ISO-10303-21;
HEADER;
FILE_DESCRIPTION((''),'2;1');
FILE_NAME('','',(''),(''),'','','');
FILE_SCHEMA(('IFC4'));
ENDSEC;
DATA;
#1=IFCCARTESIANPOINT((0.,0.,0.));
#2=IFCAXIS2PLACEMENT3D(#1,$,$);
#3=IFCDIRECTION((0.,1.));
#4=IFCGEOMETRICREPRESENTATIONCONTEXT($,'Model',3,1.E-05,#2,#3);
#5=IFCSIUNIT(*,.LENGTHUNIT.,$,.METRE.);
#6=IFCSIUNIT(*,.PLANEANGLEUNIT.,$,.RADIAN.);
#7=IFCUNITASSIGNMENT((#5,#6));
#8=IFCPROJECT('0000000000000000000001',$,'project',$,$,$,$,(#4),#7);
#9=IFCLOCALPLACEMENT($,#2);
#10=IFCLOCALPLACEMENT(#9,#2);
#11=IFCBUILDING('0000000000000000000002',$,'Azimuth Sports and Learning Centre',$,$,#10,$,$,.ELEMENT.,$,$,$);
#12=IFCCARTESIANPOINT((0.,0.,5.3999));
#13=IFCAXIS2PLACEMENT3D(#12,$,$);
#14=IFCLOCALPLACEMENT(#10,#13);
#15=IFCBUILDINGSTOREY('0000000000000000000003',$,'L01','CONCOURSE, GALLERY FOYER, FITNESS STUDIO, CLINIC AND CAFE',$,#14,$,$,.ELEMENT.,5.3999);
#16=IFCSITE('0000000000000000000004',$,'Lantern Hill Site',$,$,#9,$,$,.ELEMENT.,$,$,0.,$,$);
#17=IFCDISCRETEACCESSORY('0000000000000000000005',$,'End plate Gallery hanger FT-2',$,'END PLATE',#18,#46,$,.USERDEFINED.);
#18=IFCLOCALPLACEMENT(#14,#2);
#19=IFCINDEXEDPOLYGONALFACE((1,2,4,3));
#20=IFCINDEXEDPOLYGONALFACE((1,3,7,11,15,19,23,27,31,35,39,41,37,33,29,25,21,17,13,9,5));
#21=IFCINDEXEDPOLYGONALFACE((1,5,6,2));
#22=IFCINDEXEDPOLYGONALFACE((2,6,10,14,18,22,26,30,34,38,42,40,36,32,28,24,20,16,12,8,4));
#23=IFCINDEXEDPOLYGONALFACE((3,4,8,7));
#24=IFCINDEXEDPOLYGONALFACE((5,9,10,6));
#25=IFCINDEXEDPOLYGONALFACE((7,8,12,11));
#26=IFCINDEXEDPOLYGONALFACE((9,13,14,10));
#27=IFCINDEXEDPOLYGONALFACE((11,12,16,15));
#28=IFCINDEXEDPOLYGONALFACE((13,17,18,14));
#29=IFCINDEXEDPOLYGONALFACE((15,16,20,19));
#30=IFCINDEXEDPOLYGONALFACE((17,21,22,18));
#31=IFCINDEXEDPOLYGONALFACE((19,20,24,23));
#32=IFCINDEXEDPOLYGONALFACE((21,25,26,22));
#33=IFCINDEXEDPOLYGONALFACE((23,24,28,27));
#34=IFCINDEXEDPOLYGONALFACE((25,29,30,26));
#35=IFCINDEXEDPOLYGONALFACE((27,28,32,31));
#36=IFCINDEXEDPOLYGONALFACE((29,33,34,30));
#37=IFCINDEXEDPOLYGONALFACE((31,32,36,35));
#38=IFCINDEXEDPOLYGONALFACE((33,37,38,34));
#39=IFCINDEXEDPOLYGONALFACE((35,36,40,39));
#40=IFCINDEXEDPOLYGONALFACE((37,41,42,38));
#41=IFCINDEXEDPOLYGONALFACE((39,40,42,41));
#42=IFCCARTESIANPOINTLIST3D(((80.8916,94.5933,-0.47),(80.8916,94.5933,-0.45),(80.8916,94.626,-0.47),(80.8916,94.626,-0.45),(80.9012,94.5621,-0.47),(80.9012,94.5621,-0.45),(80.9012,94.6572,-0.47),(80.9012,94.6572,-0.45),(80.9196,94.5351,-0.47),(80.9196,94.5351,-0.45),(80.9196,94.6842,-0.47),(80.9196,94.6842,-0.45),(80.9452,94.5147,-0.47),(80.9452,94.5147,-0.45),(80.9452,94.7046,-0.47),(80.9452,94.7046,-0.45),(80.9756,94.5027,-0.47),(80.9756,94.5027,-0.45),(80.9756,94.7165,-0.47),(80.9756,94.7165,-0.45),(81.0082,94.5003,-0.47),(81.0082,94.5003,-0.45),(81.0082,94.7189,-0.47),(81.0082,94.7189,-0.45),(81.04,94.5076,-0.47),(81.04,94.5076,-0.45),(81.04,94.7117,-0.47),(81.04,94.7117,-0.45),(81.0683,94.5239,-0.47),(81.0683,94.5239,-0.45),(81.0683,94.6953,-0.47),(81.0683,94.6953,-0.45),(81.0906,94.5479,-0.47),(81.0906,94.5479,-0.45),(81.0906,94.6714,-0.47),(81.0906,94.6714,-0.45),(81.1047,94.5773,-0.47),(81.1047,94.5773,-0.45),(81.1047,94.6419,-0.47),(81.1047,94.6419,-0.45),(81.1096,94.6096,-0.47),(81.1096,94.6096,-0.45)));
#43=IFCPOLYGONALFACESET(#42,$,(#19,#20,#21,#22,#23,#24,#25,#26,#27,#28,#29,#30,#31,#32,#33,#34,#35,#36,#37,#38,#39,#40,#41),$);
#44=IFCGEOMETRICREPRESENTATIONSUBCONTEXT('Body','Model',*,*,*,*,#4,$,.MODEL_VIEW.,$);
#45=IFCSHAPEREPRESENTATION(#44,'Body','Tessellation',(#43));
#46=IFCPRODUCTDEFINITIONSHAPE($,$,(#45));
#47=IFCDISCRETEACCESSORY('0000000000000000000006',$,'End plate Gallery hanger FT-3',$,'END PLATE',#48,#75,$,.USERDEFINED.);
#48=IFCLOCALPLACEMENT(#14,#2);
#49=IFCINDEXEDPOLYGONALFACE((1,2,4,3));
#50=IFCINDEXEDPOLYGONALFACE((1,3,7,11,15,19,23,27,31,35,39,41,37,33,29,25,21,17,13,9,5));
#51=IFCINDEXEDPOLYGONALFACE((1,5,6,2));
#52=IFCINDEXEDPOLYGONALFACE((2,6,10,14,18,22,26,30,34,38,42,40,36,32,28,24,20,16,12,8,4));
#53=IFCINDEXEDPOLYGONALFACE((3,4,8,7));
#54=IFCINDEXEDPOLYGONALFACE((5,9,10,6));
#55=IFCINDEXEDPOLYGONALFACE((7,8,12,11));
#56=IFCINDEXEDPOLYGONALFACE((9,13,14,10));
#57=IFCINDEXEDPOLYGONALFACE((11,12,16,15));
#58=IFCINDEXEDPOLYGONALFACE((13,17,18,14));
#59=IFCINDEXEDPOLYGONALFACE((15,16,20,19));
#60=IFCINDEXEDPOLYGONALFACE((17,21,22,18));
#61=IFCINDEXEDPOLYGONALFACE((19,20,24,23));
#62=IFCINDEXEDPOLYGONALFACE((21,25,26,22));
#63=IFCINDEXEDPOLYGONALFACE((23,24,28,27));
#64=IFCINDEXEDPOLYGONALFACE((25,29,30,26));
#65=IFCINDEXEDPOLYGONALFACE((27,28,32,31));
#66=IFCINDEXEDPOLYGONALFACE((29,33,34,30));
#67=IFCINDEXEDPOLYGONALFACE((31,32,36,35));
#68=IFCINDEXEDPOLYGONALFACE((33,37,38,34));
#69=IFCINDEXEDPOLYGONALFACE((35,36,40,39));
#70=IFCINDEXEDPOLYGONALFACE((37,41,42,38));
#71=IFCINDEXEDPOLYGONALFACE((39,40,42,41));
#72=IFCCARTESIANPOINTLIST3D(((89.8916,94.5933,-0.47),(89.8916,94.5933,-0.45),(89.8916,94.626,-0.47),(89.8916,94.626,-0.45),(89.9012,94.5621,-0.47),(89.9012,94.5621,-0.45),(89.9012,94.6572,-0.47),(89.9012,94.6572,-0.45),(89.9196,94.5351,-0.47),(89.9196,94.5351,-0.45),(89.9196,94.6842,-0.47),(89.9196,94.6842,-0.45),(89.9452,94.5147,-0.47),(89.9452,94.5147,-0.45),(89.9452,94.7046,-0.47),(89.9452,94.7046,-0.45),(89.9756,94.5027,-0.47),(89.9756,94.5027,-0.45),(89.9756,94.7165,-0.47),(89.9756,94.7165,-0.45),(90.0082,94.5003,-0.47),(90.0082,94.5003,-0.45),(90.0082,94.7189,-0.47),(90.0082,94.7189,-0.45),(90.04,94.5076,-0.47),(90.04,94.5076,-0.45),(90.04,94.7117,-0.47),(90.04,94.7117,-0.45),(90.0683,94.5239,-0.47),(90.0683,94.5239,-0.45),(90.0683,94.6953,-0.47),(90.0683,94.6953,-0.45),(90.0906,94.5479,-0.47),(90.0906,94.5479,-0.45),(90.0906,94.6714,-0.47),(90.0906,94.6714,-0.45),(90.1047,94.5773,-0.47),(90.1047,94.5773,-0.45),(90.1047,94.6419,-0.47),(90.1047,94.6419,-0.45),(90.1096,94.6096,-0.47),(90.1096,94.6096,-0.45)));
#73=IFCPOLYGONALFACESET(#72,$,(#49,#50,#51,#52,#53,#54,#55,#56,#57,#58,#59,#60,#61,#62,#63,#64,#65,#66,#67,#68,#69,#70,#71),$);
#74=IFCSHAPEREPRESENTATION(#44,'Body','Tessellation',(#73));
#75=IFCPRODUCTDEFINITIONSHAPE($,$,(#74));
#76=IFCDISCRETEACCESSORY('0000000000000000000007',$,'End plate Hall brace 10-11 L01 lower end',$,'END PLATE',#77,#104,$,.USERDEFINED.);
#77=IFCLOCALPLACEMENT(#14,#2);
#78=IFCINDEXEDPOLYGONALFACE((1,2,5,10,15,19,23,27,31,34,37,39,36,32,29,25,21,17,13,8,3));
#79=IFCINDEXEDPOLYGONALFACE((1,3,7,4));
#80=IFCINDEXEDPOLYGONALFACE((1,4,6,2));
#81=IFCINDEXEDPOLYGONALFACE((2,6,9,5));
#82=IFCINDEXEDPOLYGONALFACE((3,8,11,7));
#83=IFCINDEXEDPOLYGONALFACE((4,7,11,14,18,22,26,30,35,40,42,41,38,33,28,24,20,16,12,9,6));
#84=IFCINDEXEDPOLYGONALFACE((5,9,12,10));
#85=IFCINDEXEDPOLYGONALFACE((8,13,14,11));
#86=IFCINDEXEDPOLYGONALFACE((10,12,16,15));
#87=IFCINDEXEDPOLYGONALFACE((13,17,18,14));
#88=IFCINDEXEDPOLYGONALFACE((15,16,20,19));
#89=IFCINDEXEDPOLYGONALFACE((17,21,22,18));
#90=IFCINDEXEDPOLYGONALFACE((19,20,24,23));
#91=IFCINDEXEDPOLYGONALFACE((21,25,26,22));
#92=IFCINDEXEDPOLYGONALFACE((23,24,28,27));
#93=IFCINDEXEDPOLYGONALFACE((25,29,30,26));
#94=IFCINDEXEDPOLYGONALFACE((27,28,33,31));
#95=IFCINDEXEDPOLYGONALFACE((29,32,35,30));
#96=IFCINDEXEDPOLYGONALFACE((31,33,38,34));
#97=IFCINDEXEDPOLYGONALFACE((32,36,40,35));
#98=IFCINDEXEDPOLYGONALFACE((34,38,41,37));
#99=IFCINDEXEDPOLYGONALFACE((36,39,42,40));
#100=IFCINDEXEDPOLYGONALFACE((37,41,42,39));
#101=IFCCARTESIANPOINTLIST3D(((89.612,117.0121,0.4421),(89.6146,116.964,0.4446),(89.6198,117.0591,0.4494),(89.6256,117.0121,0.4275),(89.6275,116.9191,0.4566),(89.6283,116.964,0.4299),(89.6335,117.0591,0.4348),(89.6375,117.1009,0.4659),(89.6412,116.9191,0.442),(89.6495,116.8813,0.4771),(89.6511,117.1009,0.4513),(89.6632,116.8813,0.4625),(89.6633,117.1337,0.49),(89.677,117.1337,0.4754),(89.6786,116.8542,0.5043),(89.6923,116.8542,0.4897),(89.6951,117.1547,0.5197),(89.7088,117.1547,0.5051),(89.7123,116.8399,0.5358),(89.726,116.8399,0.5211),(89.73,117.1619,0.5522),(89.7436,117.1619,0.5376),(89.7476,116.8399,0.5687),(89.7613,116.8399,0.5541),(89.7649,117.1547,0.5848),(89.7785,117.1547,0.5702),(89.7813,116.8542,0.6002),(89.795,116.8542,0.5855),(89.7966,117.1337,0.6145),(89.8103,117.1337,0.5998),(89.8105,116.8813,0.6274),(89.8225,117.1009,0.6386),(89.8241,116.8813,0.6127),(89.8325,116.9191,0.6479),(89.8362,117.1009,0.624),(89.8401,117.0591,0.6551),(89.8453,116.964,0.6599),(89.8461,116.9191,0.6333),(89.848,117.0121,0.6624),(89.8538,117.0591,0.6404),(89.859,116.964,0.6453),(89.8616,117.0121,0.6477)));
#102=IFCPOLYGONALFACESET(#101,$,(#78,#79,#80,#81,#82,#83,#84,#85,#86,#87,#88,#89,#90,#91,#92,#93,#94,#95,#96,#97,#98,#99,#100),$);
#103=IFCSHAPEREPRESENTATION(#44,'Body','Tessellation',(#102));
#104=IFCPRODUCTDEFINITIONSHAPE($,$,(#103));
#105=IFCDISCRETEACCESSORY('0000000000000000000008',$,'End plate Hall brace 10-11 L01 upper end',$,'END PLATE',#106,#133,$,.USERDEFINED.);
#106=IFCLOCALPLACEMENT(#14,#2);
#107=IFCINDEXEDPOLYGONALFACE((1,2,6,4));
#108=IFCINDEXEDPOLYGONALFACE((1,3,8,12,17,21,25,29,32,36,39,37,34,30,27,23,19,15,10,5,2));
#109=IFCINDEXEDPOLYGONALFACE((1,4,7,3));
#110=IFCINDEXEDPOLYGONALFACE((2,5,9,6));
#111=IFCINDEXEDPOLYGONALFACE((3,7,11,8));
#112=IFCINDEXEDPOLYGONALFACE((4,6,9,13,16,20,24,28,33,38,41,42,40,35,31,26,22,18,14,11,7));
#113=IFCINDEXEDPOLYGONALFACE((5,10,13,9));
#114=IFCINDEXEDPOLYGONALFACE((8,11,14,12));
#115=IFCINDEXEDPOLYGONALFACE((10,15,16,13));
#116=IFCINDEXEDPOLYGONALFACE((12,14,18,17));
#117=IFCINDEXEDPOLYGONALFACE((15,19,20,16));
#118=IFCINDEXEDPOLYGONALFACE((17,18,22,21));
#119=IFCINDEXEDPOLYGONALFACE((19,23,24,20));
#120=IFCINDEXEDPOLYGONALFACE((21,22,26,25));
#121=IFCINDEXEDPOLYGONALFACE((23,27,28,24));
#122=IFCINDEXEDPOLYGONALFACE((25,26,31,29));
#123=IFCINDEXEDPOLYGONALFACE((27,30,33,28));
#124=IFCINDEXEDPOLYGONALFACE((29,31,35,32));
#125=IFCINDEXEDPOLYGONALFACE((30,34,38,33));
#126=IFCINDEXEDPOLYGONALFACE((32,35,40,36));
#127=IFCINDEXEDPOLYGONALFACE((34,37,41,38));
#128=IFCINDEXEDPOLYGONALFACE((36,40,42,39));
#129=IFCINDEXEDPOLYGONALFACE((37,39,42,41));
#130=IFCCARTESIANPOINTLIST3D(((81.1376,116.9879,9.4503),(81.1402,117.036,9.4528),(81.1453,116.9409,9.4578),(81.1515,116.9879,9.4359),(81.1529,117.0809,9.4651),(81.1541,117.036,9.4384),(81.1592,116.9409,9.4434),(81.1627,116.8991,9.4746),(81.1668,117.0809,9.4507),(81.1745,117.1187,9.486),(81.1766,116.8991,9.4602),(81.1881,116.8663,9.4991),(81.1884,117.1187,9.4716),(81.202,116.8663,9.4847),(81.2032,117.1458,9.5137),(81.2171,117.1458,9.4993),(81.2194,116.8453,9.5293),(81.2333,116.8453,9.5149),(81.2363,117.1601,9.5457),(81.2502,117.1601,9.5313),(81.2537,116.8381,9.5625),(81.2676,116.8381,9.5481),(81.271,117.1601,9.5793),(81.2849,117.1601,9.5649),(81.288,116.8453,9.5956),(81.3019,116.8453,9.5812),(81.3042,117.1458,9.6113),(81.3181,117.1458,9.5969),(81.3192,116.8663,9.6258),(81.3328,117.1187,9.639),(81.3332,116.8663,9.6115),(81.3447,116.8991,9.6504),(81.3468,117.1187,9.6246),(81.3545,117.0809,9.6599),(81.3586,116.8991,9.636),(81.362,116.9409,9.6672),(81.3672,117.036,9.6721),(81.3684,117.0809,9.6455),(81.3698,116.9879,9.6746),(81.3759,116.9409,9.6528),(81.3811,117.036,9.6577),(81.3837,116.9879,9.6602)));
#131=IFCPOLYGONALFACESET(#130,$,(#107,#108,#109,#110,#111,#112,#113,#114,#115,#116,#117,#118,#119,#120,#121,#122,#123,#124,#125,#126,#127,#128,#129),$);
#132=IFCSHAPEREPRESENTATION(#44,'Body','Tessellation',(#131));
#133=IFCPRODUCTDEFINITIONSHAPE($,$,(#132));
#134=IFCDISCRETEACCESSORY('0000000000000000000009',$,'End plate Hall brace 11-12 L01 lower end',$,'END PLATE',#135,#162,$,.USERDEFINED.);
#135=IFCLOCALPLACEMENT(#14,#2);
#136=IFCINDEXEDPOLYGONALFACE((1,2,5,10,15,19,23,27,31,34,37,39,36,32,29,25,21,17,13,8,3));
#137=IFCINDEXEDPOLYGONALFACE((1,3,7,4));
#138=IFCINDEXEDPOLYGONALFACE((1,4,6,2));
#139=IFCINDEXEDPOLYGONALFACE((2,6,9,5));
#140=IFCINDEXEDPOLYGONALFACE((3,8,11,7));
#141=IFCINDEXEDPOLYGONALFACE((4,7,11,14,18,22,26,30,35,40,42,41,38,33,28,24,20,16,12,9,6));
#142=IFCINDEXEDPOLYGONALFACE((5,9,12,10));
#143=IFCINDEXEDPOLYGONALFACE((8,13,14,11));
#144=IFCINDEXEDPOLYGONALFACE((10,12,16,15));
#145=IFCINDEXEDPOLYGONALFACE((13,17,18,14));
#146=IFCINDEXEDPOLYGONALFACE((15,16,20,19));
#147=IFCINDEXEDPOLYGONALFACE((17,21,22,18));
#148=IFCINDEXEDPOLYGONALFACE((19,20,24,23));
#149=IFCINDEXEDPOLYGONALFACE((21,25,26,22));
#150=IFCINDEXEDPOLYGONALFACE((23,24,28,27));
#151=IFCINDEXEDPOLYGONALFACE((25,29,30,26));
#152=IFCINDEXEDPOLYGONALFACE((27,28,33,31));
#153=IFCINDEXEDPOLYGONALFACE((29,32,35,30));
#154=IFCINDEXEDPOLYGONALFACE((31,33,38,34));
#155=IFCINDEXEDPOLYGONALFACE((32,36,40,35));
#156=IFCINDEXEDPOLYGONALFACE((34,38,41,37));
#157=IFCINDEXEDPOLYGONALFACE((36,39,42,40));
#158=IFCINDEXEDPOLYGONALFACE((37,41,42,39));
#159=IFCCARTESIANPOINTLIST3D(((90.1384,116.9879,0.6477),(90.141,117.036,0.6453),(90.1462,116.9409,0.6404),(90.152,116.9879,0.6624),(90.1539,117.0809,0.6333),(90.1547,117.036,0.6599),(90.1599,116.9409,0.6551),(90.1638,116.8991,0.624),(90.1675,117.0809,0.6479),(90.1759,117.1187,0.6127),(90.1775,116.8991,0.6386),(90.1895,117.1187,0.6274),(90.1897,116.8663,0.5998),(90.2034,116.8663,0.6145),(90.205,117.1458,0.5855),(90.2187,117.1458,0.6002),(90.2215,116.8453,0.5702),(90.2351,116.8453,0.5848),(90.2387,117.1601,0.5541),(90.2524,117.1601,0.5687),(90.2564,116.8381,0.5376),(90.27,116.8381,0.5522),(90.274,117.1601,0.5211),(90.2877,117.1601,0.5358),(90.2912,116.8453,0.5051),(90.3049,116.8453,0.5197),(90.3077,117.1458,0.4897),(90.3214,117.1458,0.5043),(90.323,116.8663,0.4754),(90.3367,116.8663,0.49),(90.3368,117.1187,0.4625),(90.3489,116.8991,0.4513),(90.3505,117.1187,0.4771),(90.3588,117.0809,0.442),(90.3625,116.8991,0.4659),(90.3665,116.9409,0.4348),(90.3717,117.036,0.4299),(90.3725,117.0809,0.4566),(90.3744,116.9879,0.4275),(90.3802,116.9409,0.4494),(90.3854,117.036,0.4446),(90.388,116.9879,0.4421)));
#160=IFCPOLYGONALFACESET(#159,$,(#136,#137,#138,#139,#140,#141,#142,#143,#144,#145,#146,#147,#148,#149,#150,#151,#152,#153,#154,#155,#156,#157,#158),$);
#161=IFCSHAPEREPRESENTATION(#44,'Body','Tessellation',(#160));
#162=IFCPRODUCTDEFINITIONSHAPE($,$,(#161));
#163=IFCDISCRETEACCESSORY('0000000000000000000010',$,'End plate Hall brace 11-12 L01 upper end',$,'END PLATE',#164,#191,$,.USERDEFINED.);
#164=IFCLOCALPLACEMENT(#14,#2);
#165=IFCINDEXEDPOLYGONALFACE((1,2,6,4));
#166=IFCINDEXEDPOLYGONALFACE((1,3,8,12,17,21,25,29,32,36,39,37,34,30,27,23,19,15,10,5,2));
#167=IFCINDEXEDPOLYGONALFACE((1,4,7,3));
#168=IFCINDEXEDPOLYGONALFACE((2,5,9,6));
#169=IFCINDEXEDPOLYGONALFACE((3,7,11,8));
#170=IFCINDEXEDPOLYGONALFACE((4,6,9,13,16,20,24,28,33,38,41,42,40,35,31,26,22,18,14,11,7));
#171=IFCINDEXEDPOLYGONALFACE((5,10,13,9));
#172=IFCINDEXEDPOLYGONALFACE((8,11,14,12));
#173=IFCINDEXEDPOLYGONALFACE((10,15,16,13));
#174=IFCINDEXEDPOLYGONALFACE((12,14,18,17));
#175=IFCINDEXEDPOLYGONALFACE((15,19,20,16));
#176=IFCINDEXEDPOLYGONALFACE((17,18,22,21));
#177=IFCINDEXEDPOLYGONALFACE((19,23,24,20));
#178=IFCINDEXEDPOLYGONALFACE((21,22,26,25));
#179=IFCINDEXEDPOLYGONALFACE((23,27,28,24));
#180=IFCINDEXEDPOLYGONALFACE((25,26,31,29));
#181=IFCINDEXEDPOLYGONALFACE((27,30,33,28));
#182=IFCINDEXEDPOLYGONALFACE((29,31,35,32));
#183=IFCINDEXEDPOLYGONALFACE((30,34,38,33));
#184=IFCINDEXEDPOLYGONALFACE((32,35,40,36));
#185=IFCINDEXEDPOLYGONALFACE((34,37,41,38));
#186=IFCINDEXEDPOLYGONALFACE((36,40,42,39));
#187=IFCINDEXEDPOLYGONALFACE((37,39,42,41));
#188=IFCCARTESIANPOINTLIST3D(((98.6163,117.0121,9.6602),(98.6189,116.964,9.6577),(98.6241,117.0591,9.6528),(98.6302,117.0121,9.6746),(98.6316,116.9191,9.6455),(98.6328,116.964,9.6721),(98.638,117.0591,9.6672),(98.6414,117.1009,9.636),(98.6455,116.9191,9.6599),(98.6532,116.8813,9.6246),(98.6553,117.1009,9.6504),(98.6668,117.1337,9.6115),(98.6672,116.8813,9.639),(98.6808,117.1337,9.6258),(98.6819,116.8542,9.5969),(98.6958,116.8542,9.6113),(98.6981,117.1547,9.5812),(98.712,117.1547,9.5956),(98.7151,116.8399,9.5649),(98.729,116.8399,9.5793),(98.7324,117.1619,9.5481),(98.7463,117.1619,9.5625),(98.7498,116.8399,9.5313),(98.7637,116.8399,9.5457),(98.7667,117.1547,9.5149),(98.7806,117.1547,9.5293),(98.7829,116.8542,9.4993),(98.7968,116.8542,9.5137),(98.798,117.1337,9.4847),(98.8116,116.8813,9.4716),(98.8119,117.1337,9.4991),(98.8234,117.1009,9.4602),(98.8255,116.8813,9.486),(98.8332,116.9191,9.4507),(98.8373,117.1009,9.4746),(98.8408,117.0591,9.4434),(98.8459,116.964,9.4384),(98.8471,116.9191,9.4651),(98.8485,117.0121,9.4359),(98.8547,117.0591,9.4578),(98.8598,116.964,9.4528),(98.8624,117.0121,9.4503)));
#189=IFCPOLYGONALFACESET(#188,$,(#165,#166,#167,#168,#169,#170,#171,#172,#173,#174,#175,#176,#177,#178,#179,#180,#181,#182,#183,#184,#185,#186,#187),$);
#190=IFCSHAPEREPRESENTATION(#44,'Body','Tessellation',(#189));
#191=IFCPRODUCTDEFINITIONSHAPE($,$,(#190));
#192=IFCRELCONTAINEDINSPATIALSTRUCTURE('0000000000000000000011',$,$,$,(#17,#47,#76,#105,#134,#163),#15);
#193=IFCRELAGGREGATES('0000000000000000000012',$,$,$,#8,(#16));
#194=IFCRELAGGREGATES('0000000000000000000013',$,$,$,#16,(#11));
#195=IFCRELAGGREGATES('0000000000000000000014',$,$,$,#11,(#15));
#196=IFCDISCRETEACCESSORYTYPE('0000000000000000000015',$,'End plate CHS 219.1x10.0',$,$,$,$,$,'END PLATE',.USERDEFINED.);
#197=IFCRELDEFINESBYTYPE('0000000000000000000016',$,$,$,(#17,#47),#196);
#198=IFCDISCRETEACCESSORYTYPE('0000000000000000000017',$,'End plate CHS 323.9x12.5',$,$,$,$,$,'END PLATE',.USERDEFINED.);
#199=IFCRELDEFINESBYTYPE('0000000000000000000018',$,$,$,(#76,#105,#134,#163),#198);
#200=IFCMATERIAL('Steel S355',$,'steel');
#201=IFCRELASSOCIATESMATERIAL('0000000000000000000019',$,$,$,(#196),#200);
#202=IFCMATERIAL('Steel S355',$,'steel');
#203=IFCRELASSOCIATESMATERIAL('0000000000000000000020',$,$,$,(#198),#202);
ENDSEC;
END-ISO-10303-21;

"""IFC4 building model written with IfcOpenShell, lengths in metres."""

from ifc_helpers import new_model, si_unit, direction, frame, origin, origin_2d, place, context, subcontext, project, spatial, circle, extrude, material, material_profile, profile_set, type_object, element, save


model = new_model("IFC4")

# Units and contexts
model_context = context("Model", 3, precision=1e-05, world=origin(), true_north=direction((0.0, 1.0)))
body_context = subcontext(model_context, "Body", "Model", "MODEL_VIEW")
ifc_project = project(units=[si_unit("LENGTHUNIT", "METRE"), si_unit("PLANEANGLEUNIT", "RADIAN")], contexts=[model_context])

# Site, building, storey
site_placement = place(None, origin())
site = spatial("IfcSite", under=ifc_project, at=site_placement, Name="Lantern Hill Site", CompositionType="ELEMENT", RefElevation=0.0)
building_placement = place(site_placement, origin())
building = spatial("IfcBuilding", under=site, at=building_placement, Name="Azimuth Sports and Learning Centre", CompositionType="ELEMENT")
storey_placement = place(building_placement, frame((0.0, 0.0, 5.3999)))
storey = spatial("IfcBuildingStorey", under=building, at=storey_placement, Name="L01", Description="CONCOURSE, GALLERY FOYER, FITNESS STUDIO, CLINIC AND CAFE", CompositionType="ELEMENT", Elevation=5.3999)

# Discrete accessories
ifc_material_1 = material(Name="Steel S355", Category="steel")
ifc_material_profile_1 = material_profile(ifc_material_1, circle(Radius=0.1096, at=origin_2d()), Name="PL 219 DISC")
ifc_profile_set_1 = profile_set([ifc_material_profile_1], Name="Steel S355")
discrete_accessory_type_1 = type_object("IfcDiscreteAccessoryType", Name="End plate CHS 219.1x10.0", ElementType="END PLATE", PredefinedType="USERDEFINED", material=ifc_profile_set_1)
for number, where, z_axis, x_axis, name in (
    (1, (81.0, 94.6096, -0.45), (0.0, 0.0, -1.0), (1.0, 0.0, 0.0), "End plate Gallery hanger FT-2"),
    (2, (90.0, 94.6096, -0.45), (0.0, 0.0, -1.0), (1.0, 0.0, 0.0), "End plate Gallery hanger FT-3"),
):
    element("IfcDiscreteAccessory", number, at=place(storey_placement, frame(where, z_axis=z_axis, x_axis=x_axis)), inside=storey, type_object=discrete_accessory_type_1, Name=name, ObjectType="END PLATE", PredefinedType="USERDEFINED", context=body_context, shape_type="SweptSolid", body=[
        extrude(circle(Radius=0.1096, at=origin_2d()), origin(), (0.0, 0.0, 1.0), 0.02),
    ])
ifc_material_2 = material(Name="Steel S355", Category="steel")
ifc_material_profile_2 = material_profile(ifc_material_2, circle(Radius=0.1619, at=origin_2d()), Name="PL 324 DISC")
ifc_profile_set_2 = profile_set([ifc_material_profile_2], Name="Steel S355")
discrete_accessory_type_2 = type_object("IfcDiscreteAccessoryType", Name="End plate CHS 323.9x12.5", ElementType="END PLATE", PredefinedType="USERDEFINED", material=ifc_profile_set_2)
for number, where, z_axis, x_axis, name in (
    (3, (89.73, 117.0, 0.5522), (0.682318, 0.0, -0.731055), (0.0, 1.0, 0.0), "End plate Hall brace 10-11 L01 lower end"),
    (4, (81.2676, 117.0, 9.5481), (-0.694812, 0.0, 0.719191), (0.0, -1.0, 0.0), "End plate Hall brace 10-11 L01 upper end"),
    (5, (90.27, 117.0, 0.5522), (-0.682318, 0.0, -0.731055), (0.0, -1.0, 0.0), "End plate Hall brace 11-12 L01 lower end"),
    (6, (98.7324, 117.0, 9.5481), (0.694812, 0.0, 0.719191), (0.0, 1.0, 0.0), "End plate Hall brace 11-12 L01 upper end"),
):
    element("IfcDiscreteAccessory", number, at=place(storey_placement, frame(where, z_axis=z_axis, x_axis=x_axis)), inside=storey, type_object=discrete_accessory_type_2, Name=name, ObjectType="END PLATE", PredefinedType="USERDEFINED", context=body_context, shape_type="SweptSolid", body=[
        extrude(circle(Radius=0.1619, at=origin_2d()), origin(), (0.0, 0.0, 1.0), 0.02),
    ])

save(model, "model.ifc")
